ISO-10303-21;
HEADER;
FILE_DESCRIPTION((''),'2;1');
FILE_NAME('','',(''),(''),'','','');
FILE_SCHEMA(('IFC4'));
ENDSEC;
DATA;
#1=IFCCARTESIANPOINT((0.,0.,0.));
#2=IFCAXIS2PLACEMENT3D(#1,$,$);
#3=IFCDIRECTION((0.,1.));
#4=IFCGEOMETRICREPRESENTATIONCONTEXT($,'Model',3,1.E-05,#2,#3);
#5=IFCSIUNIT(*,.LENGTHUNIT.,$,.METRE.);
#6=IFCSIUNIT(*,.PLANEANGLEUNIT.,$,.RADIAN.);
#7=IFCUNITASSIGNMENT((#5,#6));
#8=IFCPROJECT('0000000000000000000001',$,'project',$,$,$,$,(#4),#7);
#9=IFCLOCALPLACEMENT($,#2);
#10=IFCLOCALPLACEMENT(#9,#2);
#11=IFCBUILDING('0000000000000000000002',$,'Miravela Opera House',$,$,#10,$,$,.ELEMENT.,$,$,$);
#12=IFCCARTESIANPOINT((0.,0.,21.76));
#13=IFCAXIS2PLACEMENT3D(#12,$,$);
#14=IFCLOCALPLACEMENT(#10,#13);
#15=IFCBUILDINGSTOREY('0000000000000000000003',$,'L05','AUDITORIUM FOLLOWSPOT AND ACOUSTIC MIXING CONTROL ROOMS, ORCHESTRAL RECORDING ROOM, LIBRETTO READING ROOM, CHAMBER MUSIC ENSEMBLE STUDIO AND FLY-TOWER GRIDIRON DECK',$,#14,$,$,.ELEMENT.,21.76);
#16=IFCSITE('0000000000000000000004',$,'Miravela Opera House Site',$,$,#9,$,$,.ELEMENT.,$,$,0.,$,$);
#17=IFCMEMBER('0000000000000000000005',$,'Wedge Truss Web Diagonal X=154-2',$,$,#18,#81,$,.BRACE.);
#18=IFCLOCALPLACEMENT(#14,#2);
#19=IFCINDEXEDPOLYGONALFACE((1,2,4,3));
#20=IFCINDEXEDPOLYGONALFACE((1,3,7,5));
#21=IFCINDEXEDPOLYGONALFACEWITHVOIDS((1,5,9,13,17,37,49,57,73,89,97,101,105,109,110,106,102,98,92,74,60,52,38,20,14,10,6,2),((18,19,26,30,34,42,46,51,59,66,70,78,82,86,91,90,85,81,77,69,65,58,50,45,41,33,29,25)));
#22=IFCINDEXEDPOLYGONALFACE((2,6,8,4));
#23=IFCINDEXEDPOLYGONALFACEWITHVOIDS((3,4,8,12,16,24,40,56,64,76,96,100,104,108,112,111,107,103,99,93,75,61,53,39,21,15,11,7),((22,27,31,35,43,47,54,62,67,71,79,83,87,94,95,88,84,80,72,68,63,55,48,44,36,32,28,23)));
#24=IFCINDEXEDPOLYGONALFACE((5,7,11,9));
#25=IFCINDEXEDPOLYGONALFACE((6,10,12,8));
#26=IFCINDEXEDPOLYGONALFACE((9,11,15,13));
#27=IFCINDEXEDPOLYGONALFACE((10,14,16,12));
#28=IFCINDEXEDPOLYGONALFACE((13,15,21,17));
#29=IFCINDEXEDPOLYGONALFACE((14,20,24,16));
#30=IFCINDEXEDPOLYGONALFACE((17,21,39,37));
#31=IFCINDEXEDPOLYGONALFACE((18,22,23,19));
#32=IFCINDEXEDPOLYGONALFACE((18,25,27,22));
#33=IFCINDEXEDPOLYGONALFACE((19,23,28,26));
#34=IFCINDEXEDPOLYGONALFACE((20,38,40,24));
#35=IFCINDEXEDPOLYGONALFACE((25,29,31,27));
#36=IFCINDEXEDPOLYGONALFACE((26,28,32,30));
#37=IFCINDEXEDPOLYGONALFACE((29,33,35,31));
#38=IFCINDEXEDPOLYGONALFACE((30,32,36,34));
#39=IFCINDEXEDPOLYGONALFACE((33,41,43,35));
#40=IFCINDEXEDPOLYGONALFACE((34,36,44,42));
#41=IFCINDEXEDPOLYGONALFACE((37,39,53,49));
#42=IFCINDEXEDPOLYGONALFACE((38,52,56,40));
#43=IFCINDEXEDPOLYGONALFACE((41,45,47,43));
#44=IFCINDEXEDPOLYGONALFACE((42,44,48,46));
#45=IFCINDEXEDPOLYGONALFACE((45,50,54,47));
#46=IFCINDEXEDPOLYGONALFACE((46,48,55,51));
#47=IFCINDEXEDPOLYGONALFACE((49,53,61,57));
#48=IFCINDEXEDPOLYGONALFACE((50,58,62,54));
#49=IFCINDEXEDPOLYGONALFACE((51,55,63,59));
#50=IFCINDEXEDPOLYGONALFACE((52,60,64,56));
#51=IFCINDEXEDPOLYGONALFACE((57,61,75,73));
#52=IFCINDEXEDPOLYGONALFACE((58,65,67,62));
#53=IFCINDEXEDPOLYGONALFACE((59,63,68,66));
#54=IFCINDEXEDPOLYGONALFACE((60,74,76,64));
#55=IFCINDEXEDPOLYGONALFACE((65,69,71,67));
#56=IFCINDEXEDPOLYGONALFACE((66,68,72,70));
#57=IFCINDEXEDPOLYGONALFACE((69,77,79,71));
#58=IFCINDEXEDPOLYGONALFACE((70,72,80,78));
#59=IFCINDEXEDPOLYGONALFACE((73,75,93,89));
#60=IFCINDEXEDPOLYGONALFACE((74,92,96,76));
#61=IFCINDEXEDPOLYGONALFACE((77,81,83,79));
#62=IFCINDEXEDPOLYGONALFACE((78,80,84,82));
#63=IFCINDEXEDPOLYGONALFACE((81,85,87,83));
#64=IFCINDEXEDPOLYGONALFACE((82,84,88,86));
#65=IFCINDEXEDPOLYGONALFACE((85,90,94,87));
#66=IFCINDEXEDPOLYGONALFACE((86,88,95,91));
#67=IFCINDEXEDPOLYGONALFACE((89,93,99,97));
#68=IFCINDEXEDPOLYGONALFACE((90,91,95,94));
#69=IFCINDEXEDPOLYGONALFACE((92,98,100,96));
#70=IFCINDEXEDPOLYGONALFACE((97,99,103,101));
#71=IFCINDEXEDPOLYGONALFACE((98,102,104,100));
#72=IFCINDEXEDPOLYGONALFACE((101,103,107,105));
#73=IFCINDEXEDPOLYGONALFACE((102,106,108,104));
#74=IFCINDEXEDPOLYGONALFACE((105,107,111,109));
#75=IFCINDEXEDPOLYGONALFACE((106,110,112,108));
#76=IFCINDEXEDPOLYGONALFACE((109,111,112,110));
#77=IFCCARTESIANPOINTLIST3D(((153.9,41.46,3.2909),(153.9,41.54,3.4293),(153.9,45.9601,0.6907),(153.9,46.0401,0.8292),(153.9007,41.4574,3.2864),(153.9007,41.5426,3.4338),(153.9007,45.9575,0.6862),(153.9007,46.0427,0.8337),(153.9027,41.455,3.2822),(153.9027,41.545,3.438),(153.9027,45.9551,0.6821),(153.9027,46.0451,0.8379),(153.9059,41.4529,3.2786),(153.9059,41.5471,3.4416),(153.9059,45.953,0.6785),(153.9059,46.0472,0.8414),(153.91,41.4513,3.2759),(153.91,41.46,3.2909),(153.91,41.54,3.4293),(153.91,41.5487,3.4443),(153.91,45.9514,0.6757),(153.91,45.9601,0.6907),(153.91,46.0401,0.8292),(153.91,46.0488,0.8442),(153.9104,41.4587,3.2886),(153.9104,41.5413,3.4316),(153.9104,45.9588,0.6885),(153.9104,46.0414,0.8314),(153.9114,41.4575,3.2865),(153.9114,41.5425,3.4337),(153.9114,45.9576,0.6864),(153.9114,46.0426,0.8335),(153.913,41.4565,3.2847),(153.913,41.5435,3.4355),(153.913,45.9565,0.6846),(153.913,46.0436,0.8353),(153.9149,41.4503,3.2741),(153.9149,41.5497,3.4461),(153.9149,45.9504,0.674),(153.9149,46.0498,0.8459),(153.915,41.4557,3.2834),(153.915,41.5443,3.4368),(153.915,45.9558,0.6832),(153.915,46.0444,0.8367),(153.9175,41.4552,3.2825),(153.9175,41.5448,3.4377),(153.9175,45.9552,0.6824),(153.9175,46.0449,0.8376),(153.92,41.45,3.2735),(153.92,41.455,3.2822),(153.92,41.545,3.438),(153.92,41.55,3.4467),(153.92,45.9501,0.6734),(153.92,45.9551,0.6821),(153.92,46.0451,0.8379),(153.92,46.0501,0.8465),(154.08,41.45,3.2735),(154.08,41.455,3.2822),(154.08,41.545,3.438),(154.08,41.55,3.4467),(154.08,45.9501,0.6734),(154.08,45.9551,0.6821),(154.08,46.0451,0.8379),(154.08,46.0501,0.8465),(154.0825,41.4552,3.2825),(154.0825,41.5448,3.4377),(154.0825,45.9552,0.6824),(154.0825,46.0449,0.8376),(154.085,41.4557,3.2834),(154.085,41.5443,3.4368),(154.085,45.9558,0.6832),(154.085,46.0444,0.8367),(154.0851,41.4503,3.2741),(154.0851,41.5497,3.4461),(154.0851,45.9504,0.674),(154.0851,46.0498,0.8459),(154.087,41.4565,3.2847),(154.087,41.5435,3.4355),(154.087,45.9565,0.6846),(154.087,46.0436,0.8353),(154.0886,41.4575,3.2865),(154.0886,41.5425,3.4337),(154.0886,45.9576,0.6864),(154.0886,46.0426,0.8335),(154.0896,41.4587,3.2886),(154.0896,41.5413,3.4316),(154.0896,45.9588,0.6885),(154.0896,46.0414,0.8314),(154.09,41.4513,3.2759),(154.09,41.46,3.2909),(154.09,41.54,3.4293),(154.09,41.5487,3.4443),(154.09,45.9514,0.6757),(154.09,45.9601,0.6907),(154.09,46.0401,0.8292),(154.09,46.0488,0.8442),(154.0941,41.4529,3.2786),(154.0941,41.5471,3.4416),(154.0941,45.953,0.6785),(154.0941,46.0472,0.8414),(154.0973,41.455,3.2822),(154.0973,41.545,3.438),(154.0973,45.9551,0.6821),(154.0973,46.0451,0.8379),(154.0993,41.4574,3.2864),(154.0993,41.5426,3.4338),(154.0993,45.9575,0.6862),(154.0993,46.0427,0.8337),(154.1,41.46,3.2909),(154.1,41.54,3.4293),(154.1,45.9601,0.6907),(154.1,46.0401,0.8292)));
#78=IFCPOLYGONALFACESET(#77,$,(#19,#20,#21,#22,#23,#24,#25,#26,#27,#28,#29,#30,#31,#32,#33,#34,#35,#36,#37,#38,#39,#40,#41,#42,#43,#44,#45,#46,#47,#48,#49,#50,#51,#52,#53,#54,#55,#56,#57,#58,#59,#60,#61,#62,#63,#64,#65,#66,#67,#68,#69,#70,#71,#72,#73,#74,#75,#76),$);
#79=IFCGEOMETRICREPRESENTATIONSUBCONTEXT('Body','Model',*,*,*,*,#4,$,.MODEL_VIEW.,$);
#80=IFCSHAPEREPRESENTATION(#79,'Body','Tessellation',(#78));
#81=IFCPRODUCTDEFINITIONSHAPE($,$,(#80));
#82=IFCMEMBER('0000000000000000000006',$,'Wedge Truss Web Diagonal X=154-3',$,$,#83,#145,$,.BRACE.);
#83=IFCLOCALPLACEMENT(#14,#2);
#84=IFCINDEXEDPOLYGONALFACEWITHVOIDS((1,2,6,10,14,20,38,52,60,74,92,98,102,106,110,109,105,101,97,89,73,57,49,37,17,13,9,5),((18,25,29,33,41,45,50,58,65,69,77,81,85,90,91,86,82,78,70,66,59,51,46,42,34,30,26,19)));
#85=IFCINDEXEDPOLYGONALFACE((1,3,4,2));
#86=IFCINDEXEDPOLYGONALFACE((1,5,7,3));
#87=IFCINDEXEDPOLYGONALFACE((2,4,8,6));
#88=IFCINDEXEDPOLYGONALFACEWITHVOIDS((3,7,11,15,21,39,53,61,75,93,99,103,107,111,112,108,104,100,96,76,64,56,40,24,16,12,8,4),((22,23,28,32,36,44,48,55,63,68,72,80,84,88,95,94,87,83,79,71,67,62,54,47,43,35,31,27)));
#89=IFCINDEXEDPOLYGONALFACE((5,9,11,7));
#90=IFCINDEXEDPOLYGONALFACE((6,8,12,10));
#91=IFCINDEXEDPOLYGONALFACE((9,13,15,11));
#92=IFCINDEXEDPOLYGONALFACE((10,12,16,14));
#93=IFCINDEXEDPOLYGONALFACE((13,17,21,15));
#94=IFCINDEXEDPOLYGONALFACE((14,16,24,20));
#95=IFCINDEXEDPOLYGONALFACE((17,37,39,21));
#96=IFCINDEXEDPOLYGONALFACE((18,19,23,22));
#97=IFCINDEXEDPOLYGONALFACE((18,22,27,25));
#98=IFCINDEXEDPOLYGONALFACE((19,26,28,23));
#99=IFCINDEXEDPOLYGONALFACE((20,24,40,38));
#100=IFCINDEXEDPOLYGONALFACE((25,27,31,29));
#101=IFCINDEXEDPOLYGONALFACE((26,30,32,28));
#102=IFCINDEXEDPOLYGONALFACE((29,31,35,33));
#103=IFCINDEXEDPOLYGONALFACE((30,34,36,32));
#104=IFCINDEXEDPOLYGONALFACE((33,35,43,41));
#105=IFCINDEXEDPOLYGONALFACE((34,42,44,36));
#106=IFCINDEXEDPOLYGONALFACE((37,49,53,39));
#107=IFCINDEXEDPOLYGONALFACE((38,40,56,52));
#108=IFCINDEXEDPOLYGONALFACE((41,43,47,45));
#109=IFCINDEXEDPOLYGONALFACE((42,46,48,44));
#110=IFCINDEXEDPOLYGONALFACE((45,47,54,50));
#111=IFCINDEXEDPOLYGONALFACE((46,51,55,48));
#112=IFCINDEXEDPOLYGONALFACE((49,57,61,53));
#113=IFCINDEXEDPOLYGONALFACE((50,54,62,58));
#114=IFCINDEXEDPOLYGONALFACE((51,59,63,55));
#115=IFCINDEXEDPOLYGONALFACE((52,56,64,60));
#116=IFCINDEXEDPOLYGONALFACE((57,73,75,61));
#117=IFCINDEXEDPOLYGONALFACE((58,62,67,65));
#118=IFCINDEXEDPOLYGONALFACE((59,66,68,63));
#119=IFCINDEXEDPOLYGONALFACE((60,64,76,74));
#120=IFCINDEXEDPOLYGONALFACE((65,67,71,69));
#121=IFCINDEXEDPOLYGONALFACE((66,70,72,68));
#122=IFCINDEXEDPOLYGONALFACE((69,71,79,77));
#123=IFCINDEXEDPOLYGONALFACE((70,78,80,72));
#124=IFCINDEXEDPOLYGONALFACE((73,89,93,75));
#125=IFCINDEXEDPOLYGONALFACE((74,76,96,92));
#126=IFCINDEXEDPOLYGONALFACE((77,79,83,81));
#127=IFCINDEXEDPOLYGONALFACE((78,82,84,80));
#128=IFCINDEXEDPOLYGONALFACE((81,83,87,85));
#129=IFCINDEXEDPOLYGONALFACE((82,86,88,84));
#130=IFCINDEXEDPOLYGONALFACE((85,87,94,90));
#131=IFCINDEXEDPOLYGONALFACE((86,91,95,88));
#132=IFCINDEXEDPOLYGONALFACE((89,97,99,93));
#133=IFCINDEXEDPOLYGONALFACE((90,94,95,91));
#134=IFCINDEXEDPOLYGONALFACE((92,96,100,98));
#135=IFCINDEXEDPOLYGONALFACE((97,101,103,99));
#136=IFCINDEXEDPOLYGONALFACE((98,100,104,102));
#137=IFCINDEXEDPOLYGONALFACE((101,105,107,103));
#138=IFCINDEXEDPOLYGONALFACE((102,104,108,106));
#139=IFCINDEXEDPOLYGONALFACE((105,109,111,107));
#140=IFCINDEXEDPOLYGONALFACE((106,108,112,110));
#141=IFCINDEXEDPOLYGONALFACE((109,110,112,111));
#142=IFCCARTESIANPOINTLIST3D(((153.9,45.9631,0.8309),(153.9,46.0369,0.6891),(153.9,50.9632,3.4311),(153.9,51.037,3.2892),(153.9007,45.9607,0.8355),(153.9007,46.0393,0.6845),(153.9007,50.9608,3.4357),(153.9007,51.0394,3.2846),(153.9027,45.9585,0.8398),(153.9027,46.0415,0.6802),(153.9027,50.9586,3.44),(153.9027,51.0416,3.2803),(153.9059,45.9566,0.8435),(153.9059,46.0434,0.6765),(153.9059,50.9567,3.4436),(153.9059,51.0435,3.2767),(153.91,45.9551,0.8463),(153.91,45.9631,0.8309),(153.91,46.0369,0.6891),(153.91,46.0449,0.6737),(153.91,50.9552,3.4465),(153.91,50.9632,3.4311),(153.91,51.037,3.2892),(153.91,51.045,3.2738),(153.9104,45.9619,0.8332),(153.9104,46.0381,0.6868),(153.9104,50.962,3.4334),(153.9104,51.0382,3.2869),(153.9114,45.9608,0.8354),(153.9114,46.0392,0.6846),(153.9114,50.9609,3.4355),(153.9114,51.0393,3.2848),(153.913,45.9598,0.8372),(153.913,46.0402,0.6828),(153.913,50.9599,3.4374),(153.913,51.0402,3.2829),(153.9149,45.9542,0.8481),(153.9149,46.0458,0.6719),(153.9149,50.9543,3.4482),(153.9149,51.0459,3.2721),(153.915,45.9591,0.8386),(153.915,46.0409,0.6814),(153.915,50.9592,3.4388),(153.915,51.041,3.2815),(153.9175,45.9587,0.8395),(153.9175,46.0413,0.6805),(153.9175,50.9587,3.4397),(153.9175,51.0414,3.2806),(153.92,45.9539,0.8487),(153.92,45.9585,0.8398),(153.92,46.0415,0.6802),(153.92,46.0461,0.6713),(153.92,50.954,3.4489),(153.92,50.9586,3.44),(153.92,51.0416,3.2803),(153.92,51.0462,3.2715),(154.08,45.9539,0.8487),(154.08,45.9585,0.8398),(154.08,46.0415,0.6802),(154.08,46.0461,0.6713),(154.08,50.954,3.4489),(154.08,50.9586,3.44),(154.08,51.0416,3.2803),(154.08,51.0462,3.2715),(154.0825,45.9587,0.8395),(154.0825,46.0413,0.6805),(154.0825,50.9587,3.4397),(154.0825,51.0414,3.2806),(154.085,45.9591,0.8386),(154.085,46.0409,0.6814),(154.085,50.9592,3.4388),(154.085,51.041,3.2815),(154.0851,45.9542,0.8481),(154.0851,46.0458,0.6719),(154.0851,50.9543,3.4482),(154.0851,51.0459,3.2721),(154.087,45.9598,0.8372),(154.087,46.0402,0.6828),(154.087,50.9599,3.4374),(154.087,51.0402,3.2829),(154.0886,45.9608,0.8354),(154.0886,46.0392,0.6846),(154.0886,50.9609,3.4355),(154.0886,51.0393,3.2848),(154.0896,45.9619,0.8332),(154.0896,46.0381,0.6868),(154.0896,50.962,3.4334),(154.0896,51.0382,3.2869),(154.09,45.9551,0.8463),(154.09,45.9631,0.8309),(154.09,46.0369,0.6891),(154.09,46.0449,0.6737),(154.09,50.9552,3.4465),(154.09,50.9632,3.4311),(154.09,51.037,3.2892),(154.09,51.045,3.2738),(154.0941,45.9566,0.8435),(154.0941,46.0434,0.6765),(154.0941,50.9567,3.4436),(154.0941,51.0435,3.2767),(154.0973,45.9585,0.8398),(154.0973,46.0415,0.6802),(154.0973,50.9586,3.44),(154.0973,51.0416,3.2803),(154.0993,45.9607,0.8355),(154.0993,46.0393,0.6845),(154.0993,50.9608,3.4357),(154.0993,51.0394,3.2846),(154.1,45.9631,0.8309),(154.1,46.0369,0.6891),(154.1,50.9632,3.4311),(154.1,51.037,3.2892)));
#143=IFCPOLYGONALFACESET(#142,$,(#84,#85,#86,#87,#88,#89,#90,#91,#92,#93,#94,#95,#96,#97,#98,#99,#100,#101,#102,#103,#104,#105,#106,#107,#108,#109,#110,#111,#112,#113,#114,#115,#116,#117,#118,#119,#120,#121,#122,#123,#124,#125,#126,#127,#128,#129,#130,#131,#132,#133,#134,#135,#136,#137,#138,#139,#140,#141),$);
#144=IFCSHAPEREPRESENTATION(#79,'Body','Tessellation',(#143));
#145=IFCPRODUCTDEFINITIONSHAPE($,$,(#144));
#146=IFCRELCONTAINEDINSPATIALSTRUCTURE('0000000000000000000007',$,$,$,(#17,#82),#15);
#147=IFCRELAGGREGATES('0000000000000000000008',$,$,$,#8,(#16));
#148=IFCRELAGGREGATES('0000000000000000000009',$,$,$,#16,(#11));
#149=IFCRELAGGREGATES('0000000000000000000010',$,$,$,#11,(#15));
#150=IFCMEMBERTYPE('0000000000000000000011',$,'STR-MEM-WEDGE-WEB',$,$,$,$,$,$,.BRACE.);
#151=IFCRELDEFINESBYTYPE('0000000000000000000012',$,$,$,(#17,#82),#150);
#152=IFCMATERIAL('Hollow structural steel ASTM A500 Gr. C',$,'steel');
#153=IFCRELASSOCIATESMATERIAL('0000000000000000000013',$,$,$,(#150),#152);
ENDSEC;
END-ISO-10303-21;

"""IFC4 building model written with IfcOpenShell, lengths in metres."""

from ifc_helpers import new_model, si_unit, direction, frame, origin, origin_2d, place, context, subcontext, project, spatial, hollow_rectangle, extrude, material, material_profile, profile_set, type_object, element, save


model = new_model("IFC4")

# Units and contexts
model_context = context("Model", 3, precision=1e-05, world=origin(), true_north=direction((0.0, 1.0)))
body_context = subcontext(model_context, "Body", "Model", "MODEL_VIEW")
ifc_project = project(units=[si_unit("LENGTHUNIT", "METRE"), si_unit("PLANEANGLEUNIT", "RADIAN")], contexts=[model_context])

# Site, building, storey
site_placement = place(None, origin())
site = spatial("IfcSite", under=ifc_project, at=site_placement, Name="Miravela Opera House Site", CompositionType="ELEMENT", RefElevation=0.0)
building_placement = place(site_placement, origin())
building = spatial("IfcBuilding", under=site, at=building_placement, Name="Miravela Opera House", CompositionType="ELEMENT")
storey_placement = place(building_placement, frame((0.0, 0.0, 21.76)))
storey = spatial("IfcBuildingStorey", under=building, at=storey_placement, Name="L05", Description="AUDITORIUM FOLLOWSPOT AND ACOUSTIC MIXING CONTROL ROOMS, ORCHESTRAL RECORDING ROOM, LIBRETTO READING ROOM, CHAMBER MUSIC ENSEMBLE STUDIO AND FLY-TOWER GRIDIRON DECK", CompositionType="ELEMENT", Elevation=21.76)

# Members
ifc_material_1 = material(Name="Hollow structural steel ASTM A500 Gr. C", Category="steel")
ifc_material_profile_1 = material_profile(ifc_material_1, hollow_rectangle(XDim=0.2, YDim=0.2, WallThickness=0.01, InnerFilletRadius=0.01, OuterFilletRadius=0.02, at=origin_2d()), Name="HSS200X200X10")
ifc_profile_set_1 = profile_set([ifc_material_profile_1])
member_type_1 = type_object("IfcMemberType", Name="STR-MEM-WEDGE-WEB", PredefinedType="BRACE", material=ifc_profile_set_1)
for number, where, z_axis, x_axis, name in (
    (1, (154.0, 41.5, 3.3601), (0.0, 0.865857, -0.500292), (-1.0, 0.0, 0.0), "Wedge Truss Web Diagonal X=154-2"),
):
    element("IfcMember", number, at=place(storey_placement, frame(where, z_axis=z_axis, x_axis=x_axis)), inside=storey, type_object=member_type_1, Name=name, PredefinedType="BRACE", context=body_context, shape_type="SweptSolid", body=[
        extrude(hollow_rectangle(XDim=0.2, YDim=0.2, WallThickness=0.01, InnerFilletRadius=0.01, OuterFilletRadius=0.02, at=origin_2d()), origin(), (0.0, 0.0, 1.0), 5.1973),
    ])
for number, where, z_axis, x_axis, name in (
    (2, (154.0, 46.0, 0.76), (0.0, 0.88721, 0.461366), (-1.0, 0.0, 0.0), "Wedge Truss Web Diagonal X=154-3"),
):
    element("IfcMember", number, at=place(storey_placement, frame(where, z_axis=z_axis, x_axis=x_axis)), inside=storey, type_object=member_type_1, Name=name, PredefinedType="BRACE", context=body_context, shape_type="SweptSolid", body=[
        extrude(hollow_rectangle(XDim=0.2, YDim=0.2, WallThickness=0.01, InnerFilletRadius=0.01, OuterFilletRadius=0.02, at=origin_2d()), origin(), (0.0, 0.0, 1.0), 5.6357),
    ])

save(model, "model.ifc")
